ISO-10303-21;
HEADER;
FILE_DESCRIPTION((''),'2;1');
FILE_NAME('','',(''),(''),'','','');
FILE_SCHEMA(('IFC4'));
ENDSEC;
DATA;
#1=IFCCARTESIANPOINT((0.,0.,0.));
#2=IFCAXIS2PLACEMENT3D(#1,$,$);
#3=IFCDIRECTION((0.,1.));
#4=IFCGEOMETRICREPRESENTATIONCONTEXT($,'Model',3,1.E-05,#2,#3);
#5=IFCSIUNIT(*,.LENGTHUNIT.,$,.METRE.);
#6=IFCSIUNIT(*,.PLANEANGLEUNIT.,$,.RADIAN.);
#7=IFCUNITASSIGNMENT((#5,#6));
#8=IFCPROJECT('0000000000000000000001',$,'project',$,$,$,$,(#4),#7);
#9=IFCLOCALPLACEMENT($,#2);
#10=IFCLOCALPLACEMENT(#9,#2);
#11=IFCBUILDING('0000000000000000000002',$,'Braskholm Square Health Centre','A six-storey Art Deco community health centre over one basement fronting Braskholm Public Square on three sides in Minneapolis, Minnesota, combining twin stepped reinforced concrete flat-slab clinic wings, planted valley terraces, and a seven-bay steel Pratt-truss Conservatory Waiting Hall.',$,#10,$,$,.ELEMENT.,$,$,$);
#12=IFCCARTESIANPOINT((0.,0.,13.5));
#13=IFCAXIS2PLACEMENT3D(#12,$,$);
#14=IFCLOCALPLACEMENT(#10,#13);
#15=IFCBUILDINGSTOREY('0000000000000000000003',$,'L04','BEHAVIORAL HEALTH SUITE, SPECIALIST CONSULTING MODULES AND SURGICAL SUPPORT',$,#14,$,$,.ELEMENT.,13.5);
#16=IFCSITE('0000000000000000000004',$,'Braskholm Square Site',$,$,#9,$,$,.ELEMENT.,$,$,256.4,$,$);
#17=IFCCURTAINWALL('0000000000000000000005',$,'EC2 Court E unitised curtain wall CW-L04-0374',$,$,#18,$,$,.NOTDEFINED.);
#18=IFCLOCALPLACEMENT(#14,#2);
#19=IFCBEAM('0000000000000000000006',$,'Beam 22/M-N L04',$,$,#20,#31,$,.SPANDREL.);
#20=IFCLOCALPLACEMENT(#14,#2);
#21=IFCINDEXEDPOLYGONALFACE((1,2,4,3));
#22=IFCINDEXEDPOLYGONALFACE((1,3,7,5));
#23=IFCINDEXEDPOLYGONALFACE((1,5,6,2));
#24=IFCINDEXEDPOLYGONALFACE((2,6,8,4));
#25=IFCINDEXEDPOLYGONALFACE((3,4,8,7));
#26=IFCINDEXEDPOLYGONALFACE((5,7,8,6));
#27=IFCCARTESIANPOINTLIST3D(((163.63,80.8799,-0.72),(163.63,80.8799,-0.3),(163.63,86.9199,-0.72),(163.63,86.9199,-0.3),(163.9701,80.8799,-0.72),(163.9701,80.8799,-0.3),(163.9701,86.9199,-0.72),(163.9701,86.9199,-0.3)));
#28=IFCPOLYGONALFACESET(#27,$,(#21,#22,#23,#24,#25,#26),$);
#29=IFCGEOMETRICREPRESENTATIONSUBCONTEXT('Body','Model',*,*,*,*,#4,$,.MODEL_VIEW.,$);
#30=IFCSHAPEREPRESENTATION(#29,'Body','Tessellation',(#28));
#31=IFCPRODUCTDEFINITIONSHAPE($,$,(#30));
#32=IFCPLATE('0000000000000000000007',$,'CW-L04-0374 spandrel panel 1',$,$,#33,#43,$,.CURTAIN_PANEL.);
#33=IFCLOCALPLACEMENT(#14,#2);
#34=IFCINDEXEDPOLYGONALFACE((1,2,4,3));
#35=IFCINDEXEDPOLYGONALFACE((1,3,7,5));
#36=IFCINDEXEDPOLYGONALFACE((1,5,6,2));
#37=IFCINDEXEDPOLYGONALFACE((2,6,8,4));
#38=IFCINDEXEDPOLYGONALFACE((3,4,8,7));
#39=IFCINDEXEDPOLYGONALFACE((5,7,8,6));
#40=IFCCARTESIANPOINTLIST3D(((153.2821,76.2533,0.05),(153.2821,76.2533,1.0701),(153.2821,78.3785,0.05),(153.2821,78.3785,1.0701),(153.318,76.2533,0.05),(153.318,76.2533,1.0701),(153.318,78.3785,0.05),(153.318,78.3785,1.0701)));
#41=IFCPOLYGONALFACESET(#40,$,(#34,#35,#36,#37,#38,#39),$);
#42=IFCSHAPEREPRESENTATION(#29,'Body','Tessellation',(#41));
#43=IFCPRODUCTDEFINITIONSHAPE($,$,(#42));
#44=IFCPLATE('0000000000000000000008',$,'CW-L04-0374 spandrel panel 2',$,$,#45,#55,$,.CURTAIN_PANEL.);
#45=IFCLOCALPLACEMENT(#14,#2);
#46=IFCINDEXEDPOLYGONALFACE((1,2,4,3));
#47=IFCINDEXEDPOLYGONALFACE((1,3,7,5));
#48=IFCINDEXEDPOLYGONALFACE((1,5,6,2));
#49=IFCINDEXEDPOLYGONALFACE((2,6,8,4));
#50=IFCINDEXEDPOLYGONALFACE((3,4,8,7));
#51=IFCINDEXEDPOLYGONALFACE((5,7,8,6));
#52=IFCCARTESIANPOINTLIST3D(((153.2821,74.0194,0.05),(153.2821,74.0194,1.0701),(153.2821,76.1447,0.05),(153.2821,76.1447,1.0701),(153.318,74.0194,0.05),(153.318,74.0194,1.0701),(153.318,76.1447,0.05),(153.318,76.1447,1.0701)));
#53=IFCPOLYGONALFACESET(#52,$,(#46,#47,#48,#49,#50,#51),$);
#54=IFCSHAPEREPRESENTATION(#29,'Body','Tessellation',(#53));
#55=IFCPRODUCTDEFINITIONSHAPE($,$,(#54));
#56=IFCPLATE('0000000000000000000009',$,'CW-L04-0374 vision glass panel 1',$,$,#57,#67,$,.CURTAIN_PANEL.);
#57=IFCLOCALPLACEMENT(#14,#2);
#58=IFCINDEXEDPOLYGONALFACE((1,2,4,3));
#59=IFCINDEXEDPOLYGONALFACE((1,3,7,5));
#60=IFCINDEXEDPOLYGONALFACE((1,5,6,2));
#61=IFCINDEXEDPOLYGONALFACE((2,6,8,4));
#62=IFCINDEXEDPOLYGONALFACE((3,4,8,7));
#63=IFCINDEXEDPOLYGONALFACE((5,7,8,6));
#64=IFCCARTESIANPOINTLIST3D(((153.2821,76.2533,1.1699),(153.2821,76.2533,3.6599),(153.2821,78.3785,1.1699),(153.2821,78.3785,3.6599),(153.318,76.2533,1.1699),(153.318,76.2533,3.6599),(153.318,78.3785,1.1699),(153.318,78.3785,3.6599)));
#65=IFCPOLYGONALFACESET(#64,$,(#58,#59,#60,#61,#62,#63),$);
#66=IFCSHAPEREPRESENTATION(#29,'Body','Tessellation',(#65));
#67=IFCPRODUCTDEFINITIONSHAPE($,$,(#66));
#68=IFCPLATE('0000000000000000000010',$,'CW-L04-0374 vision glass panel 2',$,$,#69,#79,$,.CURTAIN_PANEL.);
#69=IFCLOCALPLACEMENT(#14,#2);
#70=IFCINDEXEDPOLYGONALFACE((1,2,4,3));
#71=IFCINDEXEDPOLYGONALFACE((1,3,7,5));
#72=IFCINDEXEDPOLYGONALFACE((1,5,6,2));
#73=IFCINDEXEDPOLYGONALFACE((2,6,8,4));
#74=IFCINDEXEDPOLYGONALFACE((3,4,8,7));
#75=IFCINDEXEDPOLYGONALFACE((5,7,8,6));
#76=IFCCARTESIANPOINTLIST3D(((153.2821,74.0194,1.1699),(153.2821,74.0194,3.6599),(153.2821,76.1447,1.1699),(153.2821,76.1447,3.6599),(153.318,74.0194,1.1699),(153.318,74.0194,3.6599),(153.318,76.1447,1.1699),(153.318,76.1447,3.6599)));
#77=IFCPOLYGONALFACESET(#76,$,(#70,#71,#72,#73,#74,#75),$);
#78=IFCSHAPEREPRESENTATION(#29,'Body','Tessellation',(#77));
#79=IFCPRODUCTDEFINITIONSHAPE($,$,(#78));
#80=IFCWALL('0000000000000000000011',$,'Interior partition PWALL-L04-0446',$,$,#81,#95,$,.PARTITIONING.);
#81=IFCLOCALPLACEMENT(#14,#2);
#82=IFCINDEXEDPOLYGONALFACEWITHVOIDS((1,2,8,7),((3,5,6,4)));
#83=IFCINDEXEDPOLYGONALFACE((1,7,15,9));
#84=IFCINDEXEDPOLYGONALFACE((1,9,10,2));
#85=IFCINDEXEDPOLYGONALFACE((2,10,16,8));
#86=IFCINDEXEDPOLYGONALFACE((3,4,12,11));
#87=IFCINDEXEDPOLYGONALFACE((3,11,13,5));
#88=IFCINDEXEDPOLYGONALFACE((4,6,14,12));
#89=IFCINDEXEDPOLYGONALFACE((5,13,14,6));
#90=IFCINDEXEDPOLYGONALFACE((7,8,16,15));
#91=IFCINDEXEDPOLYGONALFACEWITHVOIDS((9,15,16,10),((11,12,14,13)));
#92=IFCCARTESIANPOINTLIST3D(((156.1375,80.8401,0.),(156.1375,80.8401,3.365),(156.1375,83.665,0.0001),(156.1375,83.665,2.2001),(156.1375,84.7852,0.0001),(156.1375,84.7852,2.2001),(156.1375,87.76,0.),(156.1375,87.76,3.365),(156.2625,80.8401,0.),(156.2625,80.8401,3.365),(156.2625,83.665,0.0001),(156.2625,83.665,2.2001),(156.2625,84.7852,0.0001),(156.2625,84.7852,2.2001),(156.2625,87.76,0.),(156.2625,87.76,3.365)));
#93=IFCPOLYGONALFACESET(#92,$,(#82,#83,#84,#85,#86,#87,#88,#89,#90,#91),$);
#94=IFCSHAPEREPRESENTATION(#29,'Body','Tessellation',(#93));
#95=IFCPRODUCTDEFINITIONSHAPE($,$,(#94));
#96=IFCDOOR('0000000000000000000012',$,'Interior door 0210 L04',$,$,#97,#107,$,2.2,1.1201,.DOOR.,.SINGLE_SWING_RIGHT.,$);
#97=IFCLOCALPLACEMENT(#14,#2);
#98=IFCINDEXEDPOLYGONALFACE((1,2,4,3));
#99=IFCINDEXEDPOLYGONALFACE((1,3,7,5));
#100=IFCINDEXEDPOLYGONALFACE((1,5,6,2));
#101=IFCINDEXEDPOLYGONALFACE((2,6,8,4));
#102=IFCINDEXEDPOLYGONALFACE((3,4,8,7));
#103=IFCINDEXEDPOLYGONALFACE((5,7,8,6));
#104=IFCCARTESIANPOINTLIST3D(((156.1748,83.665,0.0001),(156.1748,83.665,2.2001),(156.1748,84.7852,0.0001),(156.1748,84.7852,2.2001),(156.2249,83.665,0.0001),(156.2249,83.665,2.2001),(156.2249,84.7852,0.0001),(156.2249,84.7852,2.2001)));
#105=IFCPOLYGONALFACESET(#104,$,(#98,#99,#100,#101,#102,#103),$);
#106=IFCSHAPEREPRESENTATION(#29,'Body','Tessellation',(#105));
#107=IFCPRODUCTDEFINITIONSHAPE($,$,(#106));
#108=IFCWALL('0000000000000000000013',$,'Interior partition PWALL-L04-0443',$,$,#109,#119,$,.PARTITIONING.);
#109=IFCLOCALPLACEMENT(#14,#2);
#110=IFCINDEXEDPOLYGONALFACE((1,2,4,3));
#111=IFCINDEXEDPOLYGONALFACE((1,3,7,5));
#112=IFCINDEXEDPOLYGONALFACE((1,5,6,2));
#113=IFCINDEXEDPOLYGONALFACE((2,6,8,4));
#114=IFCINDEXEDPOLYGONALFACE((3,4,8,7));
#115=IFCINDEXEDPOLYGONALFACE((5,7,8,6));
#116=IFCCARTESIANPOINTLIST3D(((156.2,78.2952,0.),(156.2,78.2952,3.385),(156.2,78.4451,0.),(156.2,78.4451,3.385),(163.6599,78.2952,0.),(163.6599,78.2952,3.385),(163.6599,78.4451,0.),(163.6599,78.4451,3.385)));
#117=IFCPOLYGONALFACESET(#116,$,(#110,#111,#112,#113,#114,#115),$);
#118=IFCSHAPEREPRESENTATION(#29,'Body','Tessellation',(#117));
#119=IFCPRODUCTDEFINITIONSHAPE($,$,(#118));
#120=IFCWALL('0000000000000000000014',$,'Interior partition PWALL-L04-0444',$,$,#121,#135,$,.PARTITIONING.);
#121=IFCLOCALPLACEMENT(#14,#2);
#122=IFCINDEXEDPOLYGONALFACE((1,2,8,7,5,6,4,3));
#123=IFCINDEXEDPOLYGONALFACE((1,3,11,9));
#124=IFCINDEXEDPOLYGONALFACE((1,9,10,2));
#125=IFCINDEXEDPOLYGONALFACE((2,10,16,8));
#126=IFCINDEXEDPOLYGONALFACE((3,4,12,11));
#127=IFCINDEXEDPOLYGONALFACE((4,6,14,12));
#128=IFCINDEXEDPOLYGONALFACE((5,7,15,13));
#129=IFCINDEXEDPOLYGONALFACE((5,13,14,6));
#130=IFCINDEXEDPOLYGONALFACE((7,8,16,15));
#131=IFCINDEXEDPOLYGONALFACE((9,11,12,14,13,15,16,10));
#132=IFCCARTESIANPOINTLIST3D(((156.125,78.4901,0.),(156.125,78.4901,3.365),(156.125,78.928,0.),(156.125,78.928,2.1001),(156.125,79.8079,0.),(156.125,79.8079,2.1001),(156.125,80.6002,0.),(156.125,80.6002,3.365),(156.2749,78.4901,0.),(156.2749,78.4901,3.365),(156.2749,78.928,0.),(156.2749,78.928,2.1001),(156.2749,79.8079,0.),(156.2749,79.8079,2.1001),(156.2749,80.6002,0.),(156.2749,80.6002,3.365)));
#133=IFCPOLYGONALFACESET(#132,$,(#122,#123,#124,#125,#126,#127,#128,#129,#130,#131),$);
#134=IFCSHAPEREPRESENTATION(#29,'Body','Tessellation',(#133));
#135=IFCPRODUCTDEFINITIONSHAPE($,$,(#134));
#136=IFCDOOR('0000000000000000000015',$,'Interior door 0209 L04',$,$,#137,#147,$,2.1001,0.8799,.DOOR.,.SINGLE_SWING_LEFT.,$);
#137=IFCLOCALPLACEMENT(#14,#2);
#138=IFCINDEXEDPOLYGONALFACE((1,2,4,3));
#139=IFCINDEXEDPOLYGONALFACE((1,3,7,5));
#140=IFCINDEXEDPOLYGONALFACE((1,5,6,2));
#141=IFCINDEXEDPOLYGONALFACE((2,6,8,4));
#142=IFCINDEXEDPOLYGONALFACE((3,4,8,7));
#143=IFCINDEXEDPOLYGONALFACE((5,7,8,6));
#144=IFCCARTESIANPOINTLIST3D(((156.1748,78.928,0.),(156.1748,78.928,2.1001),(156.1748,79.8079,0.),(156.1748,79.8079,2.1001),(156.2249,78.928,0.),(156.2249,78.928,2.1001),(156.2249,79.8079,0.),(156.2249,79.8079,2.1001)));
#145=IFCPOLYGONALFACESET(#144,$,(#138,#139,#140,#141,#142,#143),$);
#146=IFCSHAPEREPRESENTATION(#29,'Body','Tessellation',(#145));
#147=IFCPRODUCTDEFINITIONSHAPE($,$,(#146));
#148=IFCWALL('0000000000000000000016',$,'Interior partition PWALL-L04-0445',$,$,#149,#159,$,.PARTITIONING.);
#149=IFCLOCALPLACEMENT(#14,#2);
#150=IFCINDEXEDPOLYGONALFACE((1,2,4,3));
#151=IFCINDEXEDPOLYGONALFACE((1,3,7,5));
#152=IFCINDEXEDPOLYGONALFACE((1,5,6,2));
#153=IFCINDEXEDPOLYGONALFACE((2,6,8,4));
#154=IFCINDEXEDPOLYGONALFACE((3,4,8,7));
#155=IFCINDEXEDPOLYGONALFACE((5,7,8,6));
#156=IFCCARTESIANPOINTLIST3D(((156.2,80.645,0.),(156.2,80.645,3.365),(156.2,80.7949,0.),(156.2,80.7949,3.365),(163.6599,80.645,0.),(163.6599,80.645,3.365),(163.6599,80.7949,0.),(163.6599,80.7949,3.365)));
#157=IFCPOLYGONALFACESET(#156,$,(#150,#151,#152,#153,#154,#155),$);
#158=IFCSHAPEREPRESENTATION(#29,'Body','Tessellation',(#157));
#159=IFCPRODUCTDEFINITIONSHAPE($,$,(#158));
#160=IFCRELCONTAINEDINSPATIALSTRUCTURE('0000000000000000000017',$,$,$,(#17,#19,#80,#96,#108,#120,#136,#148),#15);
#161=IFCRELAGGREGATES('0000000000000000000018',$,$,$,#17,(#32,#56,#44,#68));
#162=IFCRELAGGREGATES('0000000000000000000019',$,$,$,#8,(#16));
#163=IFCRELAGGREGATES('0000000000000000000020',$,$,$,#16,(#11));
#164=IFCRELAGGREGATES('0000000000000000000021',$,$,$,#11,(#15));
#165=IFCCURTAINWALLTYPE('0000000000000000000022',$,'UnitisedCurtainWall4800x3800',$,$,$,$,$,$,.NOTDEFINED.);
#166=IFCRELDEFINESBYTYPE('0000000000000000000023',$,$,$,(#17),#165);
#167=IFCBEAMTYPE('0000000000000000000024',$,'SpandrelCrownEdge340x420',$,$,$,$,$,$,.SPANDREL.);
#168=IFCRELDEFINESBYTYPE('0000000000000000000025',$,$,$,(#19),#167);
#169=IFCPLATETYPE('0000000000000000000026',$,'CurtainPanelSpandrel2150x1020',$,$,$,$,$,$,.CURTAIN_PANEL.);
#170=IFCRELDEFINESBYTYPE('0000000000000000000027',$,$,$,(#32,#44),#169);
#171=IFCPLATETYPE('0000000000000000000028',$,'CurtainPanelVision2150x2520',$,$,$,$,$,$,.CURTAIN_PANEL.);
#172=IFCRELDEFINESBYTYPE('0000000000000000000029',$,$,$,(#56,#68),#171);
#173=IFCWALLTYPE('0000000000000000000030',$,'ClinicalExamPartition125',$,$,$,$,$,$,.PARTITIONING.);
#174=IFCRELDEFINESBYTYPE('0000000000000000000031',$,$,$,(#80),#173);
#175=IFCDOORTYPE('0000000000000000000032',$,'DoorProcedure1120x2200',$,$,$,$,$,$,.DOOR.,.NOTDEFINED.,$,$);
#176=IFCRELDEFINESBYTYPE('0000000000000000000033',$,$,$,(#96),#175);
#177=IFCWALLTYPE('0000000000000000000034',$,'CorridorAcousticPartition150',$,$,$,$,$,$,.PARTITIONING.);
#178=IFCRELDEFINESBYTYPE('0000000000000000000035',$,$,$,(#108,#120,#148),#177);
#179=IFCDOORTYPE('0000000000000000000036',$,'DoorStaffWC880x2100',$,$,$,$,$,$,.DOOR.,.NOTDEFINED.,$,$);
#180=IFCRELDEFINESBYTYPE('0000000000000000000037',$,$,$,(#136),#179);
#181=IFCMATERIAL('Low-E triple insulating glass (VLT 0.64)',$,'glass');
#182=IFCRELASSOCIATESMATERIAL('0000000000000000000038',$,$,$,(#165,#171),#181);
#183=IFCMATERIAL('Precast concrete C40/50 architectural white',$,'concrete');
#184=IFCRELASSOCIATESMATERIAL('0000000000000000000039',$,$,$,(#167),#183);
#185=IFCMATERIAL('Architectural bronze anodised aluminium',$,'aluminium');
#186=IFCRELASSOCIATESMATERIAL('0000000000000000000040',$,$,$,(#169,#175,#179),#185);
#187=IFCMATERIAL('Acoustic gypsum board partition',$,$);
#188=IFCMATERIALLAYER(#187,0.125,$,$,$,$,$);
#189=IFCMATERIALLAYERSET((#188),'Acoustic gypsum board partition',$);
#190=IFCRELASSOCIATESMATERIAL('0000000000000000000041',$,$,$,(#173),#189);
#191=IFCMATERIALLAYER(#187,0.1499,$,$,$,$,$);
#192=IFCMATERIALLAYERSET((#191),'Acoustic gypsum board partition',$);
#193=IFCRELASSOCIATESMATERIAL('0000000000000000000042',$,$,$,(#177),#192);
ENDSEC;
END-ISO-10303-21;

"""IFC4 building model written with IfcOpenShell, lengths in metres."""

from ifc_helpers import new_model, si_unit, direction, frame, frame_2d, origin, origin_2d, place, context, subcontext, project, spatial, rectangle, extrude, material, layer, layer_set, material_profile, profile_set, type_object, element, fill, aggregate, save


model = new_model("IFC4")

# Units and contexts
model_context = context("Model", 3, precision=1e-05, world=origin(), true_north=direction((0.0, 1.0)))
body_context = subcontext(model_context, "Body", "Model", "MODEL_VIEW")
ifc_project = project(units=[si_unit("LENGTHUNIT", "METRE"), si_unit("PLANEANGLEUNIT", "RADIAN")], contexts=[model_context])

# Site, building, storey
site_placement = place(None, origin())
site = spatial("IfcSite", under=ifc_project, at=site_placement, Name="Braskholm Square Site", CompositionType="ELEMENT", RefElevation=256.4)
building_placement = place(site_placement, origin())
building = spatial("IfcBuilding", under=site, at=building_placement, Name="Braskholm Square Health Centre", Description="A six-storey Art Deco community health centre over one basement fronting Braskholm Public Square on three sides in Minneapolis, Minnesota, combining twin stepped reinforced concrete flat-slab clinic wings, planted valley terraces, and a seven-bay steel Pratt-truss Conservatory Waiting Hall.", CompositionType="ELEMENT")
storey_placement = place(building_placement, frame((0.0, 0.0, 13.5)))
storey = spatial("IfcBuildingStorey", under=building, at=storey_placement, Name="L04", Description="BEHAVIORAL HEALTH SUITE, SPECIALIST CONSULTING MODULES AND SURGICAL SUPPORT", CompositionType="ELEMENT", Elevation=13.5)

# Shared definitions
ifc_material_1 = material(Name="Precast concrete C40/50 architectural white", Category="concrete")

# Shared definitions
ifc_material_2 = material(Name="Low-E triple insulating glass (VLT 0.64)", Category="glass")
curtain_wall_type_1 = type_object("IfcCurtainWallType", Name="UnitisedCurtainWall4800x3800", PredefinedType="NOTDEFINED", material=ifc_material_2)
ifc_material_3 = material(Name="Architectural bronze anodised aluminium", Category="aluminium")

# Curtain wall
curtain_wall_1_placement = place(storey_placement, origin())
curtain_wall_1 = element("IfcCurtainWall", 1, at=curtain_wall_1_placement, inside=storey, type_object=curtain_wall_type_1, Name="EC2 Court E unitised curtain wall CW-L04-0374", PredefinedType="NOTDEFINED")

# Beam
ifc_material_profile_1 = material_profile(ifc_material_1, rectangle(XDim=0.3401, YDim=0.4199, at=origin_2d()), Name="RCB-340X420")
ifc_profile_set_1 = profile_set([ifc_material_profile_1], Name="Precast concrete C40/50 architectural white")
beam_type_1 = type_object("IfcBeamType", Name="SpandrelCrownEdge340x420", PredefinedType="SPANDREL", material=ifc_profile_set_1)
beam_1_placement = place(storey_placement, frame((163.8, 80.8799, -0.51), z_axis=(0.0, 1.0, 0.0), x_axis=(-1.0, 0.0, 0.0)))
element("IfcBeam", 2, at=beam_1_placement, inside=storey, type_object=beam_type_1, Name="Beam 22/M-N L04", PredefinedType="SPANDREL", context=body_context, shape_type="SweptSolid", body=[
    extrude(rectangle(XDim=0.3401, YDim=0.4199, at=origin_2d()), origin(), (0.0, 0.0, 1.0), 6.04),
])

# Plates
plate_type_1 = type_object("IfcPlateType", Name="CurtainPanelSpandrel2150x1020", PredefinedType="CURTAIN_PANEL", material=ifc_material_3)
plate_1_placement = place(storey_placement, frame((153.3, 77.3159, 0.05), z_axis=(0.0, 0.0, 1.0), x_axis=(0.0, -1.0, 0.0)))
plate_1 = element("IfcPlate", 3, at=plate_1_placement, type_object=plate_type_1, Name="CW-L04-0374 spandrel panel 1", PredefinedType="CURTAIN_PANEL", context=body_context, shape_type="SweptSolid", body=[
    extrude(rectangle(XDim=2.1252, YDim=0.0359, at=origin_2d()), origin(), (0.0, 0.0, 1.0), 1.02),
])
plate_2_placement = place(storey_placement, frame((153.3, 75.082, 0.05), z_axis=(0.0, 0.0, 1.0), x_axis=(0.0, -1.0, 0.0)))
plate_2 = element("IfcPlate", 4, at=plate_2_placement, type_object=plate_type_1, Name="CW-L04-0374 spandrel panel 2", PredefinedType="CURTAIN_PANEL", context=body_context, shape_type="SweptSolid", body=[
    extrude(rectangle(XDim=2.1252, YDim=0.0359, at=origin_2d()), origin(), (0.0, 0.0, 1.0), 1.02),
])
plate_type_2 = type_object("IfcPlateType", Name="CurtainPanelVision2150x2520", PredefinedType="CURTAIN_PANEL", material=ifc_material_2)
plate_3_placement = place(storey_placement, frame((153.3, 77.3159, 1.1699), z_axis=(0.0, 0.0, 1.0), x_axis=(0.0, -1.0, 0.0)))
plate_3 = element("IfcPlate", 5, at=plate_3_placement, type_object=plate_type_2, Name="CW-L04-0374 vision glass panel 1", PredefinedType="CURTAIN_PANEL", context=body_context, shape_type="SweptSolid", body=[
    extrude(rectangle(XDim=2.1252, YDim=0.0359, at=origin_2d()), origin(), (0.0, 0.0, 1.0), 2.49),
])
plate_4_placement = place(storey_placement, frame((153.3, 75.082, 1.1699), z_axis=(0.0, 0.0, 1.0), x_axis=(0.0, -1.0, 0.0)))
plate_4 = element("IfcPlate", 6, at=plate_4_placement, type_object=plate_type_2, Name="CW-L04-0374 vision glass panel 2", PredefinedType="CURTAIN_PANEL", context=body_context, shape_type="SweptSolid", body=[
    extrude(rectangle(XDim=2.1252, YDim=0.0359, at=origin_2d()), origin(), (0.0, 0.0, 1.0), 2.49),
])
aggregate(curtain_wall_1, [plate_1, plate_3, plate_2, plate_4])

# Wall, opening, door
ifc_material_4 = material(Name="Acoustic gypsum board partition")
ifc_layer_1 = layer(ifc_material_4, 0.125)
ifc_layer_set_1 = layer_set([ifc_layer_1], Name="Acoustic gypsum board partition")
wall_type_1 = type_object("IfcWallType", Name="ClinicalExamPartition125", PredefinedType="PARTITIONING", material=ifc_layer_set_1)
wall_1_placement = place(storey_placement, frame((156.2, 80.8401, 0.0), z_axis=(0.0, 0.0, 1.0), x_axis=(0.0, 1.0, 0.0)))
wall_1 = element("IfcWall", 7, at=wall_1_placement, inside=storey, type_object=wall_type_1, Name="Interior partition PWALL-L04-0446", PredefinedType="PARTITIONING", context=body_context, shape_type="SweptSolid", body=[
    extrude(rectangle(XDim=6.9199, YDim=0.125, at=frame_2d((3.46, 0.0))), origin(), (0.0, 0.0, 1.0), 3.365),
])
opening_1_placement = place(wall_1_placement, frame((2.825, 0.0, 0.0)))
opening_1 = element("IfcOpeningElement", 8, at=opening_1_placement, cuts=wall_1, PredefinedType="OPENING", context=body_context, shape_type="SweptSolid", body=[
    extrude(rectangle(XDim=1.1201, YDim=2.2, at=frame_2d((0.5601, 1.1001))), frame((0.0, 0.0725, 0.0), z_axis=(0.0, -1.0, 0.0), x_axis=(1.0, 0.0, 0.0)), (0.0, 0.0, 1.0), 0.145),
])
door_type_1 = type_object("IfcDoorType", Name="DoorProcedure1120x2200", OperationType="NOTDEFINED", PredefinedType="DOOR", material=ifc_material_3)
door_1_placement = place(opening_1_placement, frame((1.1201, 0.0, 0.0), z_axis=(0.0, 0.0, 1.0), x_axis=(-1.0, 0.0, 0.0)))
door_1 = element("IfcDoor", 9, at=door_1_placement, inside=storey, type_object=door_type_1, Name="Interior door 0210 L04", OperationType="SINGLE_SWING_RIGHT", OverallHeight=2.2, OverallWidth=1.1201, PredefinedType="DOOR", context=body_context, shape_type="SweptSolid", body=[
    extrude(rectangle(XDim=1.1201, YDim=2.2, at=frame_2d((0.5601, 1.1001))), frame((0.0, 0.0249, 0.0), z_axis=(0.0, -1.0, 0.0), x_axis=(1.0, 0.0, 0.0)), (0.0, 0.0, 1.0), 0.05),
])
fill(opening_1, door_1)

# Wall
ifc_layer_2 = layer(ifc_material_4, 0.1499)
ifc_layer_set_2 = layer_set([ifc_layer_2], Name="Acoustic gypsum board partition")
wall_type_2 = type_object("IfcWallType", Name="CorridorAcousticPartition150", PredefinedType="PARTITIONING", material=ifc_layer_set_2)
wall_2_placement = place(storey_placement, frame((156.2, 78.3701, 0.0), z_axis=(0.0, 0.0, 1.0), x_axis=(1.0, 0.0, 0.0)))
element("IfcWall", 10, at=wall_2_placement, inside=storey, type_object=wall_type_2, Name="Interior partition PWALL-L04-0443", PredefinedType="PARTITIONING", context=body_context, shape_type="SweptSolid", body=[
    extrude(rectangle(XDim=7.46, YDim=0.1499, at=frame_2d((3.73, 0.0))), origin(), (0.0, 0.0, 1.0), 3.385),
])

# Wall, opening, door
wall_3_placement = place(storey_placement, frame((156.2, 78.49, 0.0), z_axis=(0.0, 0.0, 1.0), x_axis=(0.0, 1.0, 0.0)))
wall_3 = element("IfcWall", 11, at=wall_3_placement, inside=storey, type_object=wall_type_2, Name="Interior partition PWALL-L04-0444", PredefinedType="PARTITIONING", context=body_context, shape_type="SweptSolid", body=[
    extrude(rectangle(XDim=2.1101, YDim=0.1499, at=frame_2d((1.0552, 0.0))), origin(), (0.0, 0.0, 1.0), 3.365),
])
opening_2_placement = place(wall_3_placement, frame((0.438, 0.0, 0.0)))
opening_2 = element("IfcOpeningElement", 12, at=opening_2_placement, cuts=wall_3, PredefinedType="OPENING", context=body_context, shape_type="SweptSolid", body=[
    extrude(rectangle(XDim=0.8799, YDim=2.1001, at=frame_2d((0.4399, 1.05))), frame((0.0, 0.085, 0.0), z_axis=(0.0, -1.0, 0.0), x_axis=(1.0, 0.0, 0.0)), (0.0, 0.0, 1.0), 0.1699),
])
door_type_2 = type_object("IfcDoorType", Name="DoorStaffWC880x2100", OperationType="NOTDEFINED", PredefinedType="DOOR", material=ifc_material_3)
door_2_placement = place(opening_2_placement, frame((0.8799, 0.0, 0.0), z_axis=(0.0, 0.0, 1.0), x_axis=(-1.0, 0.0, 0.0)))
door_2 = element("IfcDoor", 13, at=door_2_placement, inside=storey, type_object=door_type_2, Name="Interior door 0209 L04", OperationType="SINGLE_SWING_LEFT", OverallHeight=2.1001, OverallWidth=0.8799, PredefinedType="DOOR", context=body_context, shape_type="SweptSolid", body=[
    extrude(rectangle(XDim=0.8799, YDim=2.1001, at=frame_2d((0.4399, 1.05))), frame((0.0, 0.0249, 0.0), z_axis=(0.0, -1.0, 0.0), x_axis=(1.0, 0.0, 0.0)), (0.0, 0.0, 1.0), 0.05),
])
fill(opening_2, door_2)

# Wall
wall_4_placement = place(storey_placement, frame((156.2, 80.72, 0.0), z_axis=(0.0, 0.0, 1.0), x_axis=(1.0, 0.0, 0.0)))
element("IfcWall", 14, at=wall_4_placement, inside=storey, type_object=wall_type_2, Name="Interior partition PWALL-L04-0445", PredefinedType="PARTITIONING", context=body_context, shape_type="SweptSolid", body=[
    extrude(rectangle(XDim=7.46, YDim=0.1499, at=frame_2d((3.73, 0.0))), origin(), (0.0, 0.0, 1.0), 3.365),
])

save(model, "model.ifc")
